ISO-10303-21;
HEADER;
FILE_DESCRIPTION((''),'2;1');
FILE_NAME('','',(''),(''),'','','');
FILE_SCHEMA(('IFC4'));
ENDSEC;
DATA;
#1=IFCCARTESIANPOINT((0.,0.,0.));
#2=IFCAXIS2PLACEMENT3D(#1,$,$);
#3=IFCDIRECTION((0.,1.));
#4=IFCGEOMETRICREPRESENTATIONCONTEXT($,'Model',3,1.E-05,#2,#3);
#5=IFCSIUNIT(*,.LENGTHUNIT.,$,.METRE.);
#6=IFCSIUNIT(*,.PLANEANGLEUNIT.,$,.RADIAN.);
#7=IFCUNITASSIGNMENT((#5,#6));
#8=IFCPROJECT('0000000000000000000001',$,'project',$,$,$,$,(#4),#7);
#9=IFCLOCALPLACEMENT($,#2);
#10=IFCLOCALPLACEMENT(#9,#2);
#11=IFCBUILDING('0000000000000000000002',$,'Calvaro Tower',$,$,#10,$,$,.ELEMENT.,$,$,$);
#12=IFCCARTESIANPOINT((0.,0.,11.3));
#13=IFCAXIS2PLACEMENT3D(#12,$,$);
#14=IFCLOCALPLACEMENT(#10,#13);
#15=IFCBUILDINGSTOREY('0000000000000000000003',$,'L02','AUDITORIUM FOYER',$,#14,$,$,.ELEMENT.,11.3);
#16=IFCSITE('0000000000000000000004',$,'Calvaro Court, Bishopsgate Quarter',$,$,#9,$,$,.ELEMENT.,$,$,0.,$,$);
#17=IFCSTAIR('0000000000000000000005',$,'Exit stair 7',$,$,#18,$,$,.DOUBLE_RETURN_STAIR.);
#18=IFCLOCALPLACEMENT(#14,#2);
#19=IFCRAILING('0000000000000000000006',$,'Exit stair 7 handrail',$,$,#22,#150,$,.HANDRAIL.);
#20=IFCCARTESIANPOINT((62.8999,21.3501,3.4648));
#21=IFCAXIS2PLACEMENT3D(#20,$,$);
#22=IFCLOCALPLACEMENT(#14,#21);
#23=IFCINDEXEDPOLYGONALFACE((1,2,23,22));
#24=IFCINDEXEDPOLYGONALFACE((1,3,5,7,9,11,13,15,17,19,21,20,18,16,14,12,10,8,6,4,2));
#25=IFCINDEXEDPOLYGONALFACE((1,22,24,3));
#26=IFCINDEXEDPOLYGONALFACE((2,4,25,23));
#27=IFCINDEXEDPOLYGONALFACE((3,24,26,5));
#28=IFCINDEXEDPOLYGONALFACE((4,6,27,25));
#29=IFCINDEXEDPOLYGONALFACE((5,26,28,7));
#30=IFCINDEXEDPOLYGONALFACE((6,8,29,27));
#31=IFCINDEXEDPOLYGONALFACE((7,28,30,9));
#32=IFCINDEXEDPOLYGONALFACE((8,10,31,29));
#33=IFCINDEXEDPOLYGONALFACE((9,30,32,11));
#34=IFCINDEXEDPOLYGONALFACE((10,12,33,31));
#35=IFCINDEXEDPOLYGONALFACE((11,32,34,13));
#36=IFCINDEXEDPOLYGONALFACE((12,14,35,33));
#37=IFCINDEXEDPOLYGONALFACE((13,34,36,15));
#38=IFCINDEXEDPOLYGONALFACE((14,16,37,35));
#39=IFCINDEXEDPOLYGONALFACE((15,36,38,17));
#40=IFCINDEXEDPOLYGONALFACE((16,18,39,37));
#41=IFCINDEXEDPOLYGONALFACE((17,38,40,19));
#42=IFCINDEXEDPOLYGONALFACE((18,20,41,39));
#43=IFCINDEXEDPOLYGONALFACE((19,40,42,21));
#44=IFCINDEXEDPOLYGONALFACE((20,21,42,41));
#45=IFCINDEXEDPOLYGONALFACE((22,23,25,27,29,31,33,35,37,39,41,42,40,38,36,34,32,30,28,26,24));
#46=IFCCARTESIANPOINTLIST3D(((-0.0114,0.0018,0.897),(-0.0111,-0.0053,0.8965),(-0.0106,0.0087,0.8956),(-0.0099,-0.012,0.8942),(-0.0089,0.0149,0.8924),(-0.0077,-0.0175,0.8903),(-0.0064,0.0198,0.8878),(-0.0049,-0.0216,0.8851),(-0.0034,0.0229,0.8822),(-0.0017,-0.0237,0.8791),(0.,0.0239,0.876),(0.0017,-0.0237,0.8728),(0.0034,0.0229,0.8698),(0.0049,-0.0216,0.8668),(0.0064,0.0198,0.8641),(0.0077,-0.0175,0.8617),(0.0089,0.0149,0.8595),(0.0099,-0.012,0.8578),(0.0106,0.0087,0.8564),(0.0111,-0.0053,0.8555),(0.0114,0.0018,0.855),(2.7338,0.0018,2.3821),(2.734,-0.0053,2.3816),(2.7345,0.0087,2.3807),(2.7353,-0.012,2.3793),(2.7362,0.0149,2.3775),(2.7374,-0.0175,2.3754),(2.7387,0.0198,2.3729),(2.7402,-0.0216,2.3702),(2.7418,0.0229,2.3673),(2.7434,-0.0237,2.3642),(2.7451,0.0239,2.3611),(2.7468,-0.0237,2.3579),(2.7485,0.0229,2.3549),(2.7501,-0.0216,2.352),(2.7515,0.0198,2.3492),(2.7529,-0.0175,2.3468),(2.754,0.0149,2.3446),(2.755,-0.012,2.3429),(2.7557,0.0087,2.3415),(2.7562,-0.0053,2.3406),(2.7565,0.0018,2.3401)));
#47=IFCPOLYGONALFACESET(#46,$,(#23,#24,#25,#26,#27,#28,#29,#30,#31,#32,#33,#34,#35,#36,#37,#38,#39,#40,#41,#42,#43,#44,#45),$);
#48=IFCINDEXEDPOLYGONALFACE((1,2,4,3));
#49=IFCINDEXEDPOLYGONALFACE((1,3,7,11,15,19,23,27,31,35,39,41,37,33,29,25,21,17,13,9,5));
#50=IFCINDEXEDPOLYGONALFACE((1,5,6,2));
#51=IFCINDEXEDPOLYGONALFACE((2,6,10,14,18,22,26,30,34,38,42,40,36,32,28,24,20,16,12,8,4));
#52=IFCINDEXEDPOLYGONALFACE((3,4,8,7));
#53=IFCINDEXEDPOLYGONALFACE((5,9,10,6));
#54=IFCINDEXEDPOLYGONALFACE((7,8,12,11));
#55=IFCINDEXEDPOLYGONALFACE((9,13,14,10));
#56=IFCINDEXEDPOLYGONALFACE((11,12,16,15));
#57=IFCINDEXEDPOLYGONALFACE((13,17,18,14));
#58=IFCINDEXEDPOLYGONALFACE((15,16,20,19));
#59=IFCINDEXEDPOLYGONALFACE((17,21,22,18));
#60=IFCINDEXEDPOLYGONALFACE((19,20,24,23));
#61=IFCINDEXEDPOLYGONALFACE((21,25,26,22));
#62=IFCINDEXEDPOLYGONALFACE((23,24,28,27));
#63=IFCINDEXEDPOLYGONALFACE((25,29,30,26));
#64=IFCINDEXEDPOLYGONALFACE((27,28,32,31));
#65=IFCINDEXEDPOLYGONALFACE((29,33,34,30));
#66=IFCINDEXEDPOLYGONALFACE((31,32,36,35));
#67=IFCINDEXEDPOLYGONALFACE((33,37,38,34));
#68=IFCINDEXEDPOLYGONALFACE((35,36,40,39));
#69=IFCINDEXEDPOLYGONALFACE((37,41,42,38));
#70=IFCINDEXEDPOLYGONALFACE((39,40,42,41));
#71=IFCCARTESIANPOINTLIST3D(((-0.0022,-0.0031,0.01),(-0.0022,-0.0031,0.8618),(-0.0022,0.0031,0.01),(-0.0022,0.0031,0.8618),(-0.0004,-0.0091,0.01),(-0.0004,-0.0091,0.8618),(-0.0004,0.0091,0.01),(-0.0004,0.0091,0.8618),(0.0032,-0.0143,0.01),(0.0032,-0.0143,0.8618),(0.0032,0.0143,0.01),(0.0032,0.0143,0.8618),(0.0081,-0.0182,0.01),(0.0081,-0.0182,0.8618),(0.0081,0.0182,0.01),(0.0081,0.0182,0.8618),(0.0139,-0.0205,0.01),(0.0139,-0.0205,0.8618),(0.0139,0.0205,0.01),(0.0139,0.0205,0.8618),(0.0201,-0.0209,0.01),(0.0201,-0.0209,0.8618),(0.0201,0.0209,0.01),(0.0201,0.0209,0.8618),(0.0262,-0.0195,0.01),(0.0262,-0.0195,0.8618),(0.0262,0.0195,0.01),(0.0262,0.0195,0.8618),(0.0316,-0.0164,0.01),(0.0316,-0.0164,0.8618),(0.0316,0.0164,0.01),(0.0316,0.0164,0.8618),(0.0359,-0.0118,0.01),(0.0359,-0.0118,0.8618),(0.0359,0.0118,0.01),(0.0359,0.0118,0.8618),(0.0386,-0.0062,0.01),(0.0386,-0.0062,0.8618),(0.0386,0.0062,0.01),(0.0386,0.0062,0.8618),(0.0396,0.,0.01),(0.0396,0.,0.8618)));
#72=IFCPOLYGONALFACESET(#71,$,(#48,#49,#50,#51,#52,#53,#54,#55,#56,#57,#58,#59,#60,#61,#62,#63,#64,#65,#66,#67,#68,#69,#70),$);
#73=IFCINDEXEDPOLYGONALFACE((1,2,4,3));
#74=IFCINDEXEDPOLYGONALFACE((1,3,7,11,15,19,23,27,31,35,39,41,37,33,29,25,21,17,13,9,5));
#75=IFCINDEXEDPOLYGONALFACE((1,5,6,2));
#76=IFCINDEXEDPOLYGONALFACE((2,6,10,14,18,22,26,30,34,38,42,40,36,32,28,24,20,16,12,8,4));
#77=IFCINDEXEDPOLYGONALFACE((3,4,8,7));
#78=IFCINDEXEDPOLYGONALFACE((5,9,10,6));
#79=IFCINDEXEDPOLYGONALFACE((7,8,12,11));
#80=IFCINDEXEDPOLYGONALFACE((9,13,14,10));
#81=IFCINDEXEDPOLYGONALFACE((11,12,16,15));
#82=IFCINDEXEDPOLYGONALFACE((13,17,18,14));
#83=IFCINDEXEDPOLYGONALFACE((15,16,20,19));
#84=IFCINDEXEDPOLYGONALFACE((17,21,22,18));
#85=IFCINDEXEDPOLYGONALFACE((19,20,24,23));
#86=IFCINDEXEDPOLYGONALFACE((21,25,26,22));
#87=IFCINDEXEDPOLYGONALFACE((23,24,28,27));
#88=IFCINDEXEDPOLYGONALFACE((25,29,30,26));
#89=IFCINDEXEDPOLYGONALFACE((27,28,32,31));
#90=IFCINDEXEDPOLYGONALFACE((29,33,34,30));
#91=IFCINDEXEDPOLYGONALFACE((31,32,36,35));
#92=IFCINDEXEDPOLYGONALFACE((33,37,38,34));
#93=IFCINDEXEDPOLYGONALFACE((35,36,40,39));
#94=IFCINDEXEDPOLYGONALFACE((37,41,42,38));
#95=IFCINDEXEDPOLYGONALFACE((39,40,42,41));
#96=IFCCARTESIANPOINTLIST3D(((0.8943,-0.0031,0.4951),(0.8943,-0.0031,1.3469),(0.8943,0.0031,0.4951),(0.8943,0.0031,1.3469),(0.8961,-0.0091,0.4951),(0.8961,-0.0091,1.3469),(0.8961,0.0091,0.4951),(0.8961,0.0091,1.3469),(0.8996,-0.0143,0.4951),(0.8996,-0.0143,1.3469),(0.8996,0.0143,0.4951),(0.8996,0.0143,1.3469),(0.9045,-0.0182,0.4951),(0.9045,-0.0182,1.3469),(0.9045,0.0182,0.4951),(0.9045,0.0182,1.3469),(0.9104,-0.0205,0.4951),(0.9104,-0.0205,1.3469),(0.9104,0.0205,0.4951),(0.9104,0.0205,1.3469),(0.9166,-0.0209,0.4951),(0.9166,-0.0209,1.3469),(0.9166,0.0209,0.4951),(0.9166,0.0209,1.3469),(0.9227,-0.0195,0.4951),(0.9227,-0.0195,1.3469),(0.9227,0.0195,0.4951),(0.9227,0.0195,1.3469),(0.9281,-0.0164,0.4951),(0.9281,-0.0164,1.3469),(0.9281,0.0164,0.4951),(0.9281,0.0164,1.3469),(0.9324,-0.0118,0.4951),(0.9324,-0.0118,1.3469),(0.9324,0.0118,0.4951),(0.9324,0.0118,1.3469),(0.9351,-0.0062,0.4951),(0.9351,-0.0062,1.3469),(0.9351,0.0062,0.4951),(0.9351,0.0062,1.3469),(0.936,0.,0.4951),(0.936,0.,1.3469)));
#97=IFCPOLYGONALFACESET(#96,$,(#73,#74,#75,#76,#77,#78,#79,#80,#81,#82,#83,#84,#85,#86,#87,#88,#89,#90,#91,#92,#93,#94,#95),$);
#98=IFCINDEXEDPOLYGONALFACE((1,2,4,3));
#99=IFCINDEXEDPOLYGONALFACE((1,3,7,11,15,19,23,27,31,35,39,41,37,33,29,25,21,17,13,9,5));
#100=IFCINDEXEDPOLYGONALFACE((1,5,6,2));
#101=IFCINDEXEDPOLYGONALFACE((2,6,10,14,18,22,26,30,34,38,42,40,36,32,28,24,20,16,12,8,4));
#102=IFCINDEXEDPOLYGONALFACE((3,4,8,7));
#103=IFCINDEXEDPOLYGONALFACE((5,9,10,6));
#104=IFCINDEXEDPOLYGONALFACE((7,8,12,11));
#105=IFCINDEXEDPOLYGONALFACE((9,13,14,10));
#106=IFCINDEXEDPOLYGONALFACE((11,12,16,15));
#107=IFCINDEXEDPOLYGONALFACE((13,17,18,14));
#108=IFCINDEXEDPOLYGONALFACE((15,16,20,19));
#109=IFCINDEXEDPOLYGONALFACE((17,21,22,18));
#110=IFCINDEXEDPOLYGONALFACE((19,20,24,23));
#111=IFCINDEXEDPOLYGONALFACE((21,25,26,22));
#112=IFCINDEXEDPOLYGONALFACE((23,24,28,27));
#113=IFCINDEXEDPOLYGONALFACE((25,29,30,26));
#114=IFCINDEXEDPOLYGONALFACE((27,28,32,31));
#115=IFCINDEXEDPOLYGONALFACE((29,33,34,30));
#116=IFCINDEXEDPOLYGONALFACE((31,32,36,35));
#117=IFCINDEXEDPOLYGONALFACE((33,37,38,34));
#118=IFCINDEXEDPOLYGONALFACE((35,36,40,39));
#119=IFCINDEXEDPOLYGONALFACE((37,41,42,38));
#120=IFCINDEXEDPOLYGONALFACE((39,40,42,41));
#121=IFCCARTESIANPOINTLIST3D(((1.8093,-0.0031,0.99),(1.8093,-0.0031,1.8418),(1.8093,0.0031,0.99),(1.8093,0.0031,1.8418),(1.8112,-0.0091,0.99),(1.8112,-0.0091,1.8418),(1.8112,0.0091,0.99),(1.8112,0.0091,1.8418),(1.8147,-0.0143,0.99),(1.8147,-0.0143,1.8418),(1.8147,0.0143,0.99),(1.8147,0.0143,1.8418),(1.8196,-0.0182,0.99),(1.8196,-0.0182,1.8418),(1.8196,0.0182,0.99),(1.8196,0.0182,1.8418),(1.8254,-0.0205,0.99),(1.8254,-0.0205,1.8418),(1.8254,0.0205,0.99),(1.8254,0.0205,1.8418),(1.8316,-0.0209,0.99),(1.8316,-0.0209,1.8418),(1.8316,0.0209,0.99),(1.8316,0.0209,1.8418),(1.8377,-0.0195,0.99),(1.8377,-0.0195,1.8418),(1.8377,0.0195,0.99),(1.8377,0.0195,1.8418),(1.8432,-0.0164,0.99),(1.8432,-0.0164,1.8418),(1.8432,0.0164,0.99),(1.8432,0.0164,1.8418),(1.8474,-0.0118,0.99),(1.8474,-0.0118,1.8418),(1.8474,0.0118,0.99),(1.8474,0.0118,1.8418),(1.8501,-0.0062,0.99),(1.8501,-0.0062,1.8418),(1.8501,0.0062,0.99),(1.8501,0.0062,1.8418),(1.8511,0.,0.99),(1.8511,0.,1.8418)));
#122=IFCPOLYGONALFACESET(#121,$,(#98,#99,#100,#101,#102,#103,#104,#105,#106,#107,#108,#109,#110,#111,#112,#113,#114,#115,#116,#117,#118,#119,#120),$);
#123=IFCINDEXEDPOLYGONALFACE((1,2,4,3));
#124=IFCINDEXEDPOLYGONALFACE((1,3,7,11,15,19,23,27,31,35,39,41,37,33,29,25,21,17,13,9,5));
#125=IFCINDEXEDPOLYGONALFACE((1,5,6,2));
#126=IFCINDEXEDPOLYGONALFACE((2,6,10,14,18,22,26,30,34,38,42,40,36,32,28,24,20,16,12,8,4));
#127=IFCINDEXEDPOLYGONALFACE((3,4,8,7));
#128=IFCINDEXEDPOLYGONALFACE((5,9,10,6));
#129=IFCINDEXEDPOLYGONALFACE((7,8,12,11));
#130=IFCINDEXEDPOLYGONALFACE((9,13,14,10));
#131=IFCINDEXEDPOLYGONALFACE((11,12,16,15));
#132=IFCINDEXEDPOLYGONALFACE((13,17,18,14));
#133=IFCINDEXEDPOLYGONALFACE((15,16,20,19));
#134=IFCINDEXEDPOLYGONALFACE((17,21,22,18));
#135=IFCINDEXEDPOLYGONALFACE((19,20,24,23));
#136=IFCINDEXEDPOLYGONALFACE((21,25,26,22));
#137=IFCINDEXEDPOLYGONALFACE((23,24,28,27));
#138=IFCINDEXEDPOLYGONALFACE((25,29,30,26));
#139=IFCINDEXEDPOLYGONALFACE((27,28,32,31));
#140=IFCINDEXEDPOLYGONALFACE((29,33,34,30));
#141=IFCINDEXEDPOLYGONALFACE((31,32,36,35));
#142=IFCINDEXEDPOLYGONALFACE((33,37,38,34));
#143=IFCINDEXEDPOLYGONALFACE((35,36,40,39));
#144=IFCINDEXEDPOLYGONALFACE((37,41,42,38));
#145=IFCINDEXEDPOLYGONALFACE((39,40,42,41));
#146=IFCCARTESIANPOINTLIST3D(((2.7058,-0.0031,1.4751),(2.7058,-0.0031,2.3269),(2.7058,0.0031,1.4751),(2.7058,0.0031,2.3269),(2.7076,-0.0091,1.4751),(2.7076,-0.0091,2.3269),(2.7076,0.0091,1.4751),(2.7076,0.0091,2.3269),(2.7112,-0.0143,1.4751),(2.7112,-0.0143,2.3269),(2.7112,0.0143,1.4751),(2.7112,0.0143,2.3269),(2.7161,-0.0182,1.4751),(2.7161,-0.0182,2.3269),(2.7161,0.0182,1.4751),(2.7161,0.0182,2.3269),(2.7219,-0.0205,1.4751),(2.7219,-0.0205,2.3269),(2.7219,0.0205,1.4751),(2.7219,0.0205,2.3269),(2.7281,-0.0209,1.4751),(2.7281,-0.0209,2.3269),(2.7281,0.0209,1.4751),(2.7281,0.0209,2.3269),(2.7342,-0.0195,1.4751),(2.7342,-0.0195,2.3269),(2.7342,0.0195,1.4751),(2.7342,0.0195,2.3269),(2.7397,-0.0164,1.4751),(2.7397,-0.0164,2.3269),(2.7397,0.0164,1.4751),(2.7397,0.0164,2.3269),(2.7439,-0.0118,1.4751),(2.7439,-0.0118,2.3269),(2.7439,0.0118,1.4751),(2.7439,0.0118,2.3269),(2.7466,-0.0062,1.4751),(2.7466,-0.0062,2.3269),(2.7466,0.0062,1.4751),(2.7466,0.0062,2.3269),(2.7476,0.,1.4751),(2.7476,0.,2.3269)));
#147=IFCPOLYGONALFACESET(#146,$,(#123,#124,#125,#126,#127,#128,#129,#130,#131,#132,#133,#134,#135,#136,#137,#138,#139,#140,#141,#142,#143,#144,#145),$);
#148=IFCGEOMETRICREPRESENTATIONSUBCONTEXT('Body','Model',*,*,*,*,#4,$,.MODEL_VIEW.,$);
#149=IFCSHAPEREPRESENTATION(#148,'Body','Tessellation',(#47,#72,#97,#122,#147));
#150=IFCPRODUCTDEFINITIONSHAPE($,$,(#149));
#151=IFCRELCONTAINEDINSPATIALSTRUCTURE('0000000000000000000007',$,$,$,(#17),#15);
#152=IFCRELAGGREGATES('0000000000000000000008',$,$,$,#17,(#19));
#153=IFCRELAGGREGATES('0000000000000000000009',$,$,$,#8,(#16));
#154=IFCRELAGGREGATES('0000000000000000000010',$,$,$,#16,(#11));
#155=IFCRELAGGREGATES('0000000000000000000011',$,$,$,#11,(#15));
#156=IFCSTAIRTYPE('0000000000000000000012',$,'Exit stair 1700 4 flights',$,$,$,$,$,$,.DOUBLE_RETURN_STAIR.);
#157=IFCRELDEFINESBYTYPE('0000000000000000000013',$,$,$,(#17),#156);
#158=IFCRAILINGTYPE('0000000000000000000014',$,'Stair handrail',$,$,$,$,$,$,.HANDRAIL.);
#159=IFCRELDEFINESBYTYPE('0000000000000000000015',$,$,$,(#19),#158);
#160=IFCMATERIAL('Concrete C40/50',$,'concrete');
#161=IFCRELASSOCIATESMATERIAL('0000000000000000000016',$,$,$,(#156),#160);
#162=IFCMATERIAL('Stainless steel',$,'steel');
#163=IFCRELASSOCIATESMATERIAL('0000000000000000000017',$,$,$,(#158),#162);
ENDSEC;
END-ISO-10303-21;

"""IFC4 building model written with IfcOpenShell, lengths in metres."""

from ifc_helpers import new_model, si_unit, direction, frame, origin, origin_2d, place, context, subcontext, project, spatial, circle, extrude, material, type_object, element, aggregate, save


model = new_model("IFC4")

# Units and contexts
model_context = context("Model", 3, precision=1e-05, world=origin(), true_north=direction((0.0, 1.0)))
body_context = subcontext(model_context, "Body", "Model", "MODEL_VIEW")
ifc_project = project(units=[si_unit("LENGTHUNIT", "METRE"), si_unit("PLANEANGLEUNIT", "RADIAN")], contexts=[model_context])

# Site, building, storey
site_placement = place(None, origin())
site = spatial("IfcSite", under=ifc_project, at=site_placement, Name="Calvaro Court, Bishopsgate Quarter", CompositionType="ELEMENT", RefElevation=0.0)
building_placement = place(site_placement, origin())
building = spatial("IfcBuilding", under=site, at=building_placement, Name="Calvaro Tower", CompositionType="ELEMENT")
storey_placement = place(building_placement, frame((0.0, 0.0, 11.3)))
storey = spatial("IfcBuildingStorey", under=building, at=storey_placement, Name="L02", Description="AUDITORIUM FOYER", CompositionType="ELEMENT", Elevation=11.3)

# Stair, railing
ifc_material_1 = material(Name="Concrete C40/50", Category="concrete")
stair_type = type_object("IfcStairType", Name="Exit stair 1700 4 flights", PredefinedType="DOUBLE_RETURN_STAIR", material=ifc_material_1)
stair_placement = place(storey_placement, origin())
stair = element("IfcStair", 1, at=stair_placement, inside=storey, type_object=stair_type, Name="Exit stair 7", PredefinedType="DOUBLE_RETURN_STAIR")
ifc_material_2 = material(Name="Stainless steel", Category="steel")
railing_type = type_object("IfcRailingType", Name="Stair handrail", PredefinedType="HANDRAIL", material=ifc_material_2)
railing_1_placement = place(storey_placement, frame((62.8999, 21.3501, 3.4648)))
railing_1 = element("IfcRailing", 2, at=railing_1_placement, type_object=railing_type, Name="Exit stair 7 handrail", PredefinedType="HANDRAIL", context=body_context, shape_type="SweptSolid", body=[
    extrude(circle(Radius=0.0239, at=origin_2d()), frame((0.0, 0.0, 0.876), z_axis=(0.879538, 0.0, 0.475829), x_axis=(0.0, 1.0, 0.0)), (0.0, 0.0, 1.0), 3.1211),
    extrude(circle(Radius=0.021, at=origin_2d()), frame((0.0186, 0.0, 0.01)), (0.0, 0.0, 1.0), 0.8518),
    extrude(circle(Radius=0.021, at=origin_2d()), frame((0.915, 0.0, 0.4951)), (0.0, 0.0, 1.0), 0.8518),
    extrude(circle(Radius=0.021, at=origin_2d()), frame((1.8301, 0.0, 0.99)), (0.0, 0.0, 1.0), 0.8518),
    extrude(circle(Radius=0.021, at=origin_2d()), frame((2.7266, 0.0, 1.4751)), (0.0, 0.0, 1.0), 0.8518),
])
aggregate(stair, [railing_1])

save(model, "model.ifc")
